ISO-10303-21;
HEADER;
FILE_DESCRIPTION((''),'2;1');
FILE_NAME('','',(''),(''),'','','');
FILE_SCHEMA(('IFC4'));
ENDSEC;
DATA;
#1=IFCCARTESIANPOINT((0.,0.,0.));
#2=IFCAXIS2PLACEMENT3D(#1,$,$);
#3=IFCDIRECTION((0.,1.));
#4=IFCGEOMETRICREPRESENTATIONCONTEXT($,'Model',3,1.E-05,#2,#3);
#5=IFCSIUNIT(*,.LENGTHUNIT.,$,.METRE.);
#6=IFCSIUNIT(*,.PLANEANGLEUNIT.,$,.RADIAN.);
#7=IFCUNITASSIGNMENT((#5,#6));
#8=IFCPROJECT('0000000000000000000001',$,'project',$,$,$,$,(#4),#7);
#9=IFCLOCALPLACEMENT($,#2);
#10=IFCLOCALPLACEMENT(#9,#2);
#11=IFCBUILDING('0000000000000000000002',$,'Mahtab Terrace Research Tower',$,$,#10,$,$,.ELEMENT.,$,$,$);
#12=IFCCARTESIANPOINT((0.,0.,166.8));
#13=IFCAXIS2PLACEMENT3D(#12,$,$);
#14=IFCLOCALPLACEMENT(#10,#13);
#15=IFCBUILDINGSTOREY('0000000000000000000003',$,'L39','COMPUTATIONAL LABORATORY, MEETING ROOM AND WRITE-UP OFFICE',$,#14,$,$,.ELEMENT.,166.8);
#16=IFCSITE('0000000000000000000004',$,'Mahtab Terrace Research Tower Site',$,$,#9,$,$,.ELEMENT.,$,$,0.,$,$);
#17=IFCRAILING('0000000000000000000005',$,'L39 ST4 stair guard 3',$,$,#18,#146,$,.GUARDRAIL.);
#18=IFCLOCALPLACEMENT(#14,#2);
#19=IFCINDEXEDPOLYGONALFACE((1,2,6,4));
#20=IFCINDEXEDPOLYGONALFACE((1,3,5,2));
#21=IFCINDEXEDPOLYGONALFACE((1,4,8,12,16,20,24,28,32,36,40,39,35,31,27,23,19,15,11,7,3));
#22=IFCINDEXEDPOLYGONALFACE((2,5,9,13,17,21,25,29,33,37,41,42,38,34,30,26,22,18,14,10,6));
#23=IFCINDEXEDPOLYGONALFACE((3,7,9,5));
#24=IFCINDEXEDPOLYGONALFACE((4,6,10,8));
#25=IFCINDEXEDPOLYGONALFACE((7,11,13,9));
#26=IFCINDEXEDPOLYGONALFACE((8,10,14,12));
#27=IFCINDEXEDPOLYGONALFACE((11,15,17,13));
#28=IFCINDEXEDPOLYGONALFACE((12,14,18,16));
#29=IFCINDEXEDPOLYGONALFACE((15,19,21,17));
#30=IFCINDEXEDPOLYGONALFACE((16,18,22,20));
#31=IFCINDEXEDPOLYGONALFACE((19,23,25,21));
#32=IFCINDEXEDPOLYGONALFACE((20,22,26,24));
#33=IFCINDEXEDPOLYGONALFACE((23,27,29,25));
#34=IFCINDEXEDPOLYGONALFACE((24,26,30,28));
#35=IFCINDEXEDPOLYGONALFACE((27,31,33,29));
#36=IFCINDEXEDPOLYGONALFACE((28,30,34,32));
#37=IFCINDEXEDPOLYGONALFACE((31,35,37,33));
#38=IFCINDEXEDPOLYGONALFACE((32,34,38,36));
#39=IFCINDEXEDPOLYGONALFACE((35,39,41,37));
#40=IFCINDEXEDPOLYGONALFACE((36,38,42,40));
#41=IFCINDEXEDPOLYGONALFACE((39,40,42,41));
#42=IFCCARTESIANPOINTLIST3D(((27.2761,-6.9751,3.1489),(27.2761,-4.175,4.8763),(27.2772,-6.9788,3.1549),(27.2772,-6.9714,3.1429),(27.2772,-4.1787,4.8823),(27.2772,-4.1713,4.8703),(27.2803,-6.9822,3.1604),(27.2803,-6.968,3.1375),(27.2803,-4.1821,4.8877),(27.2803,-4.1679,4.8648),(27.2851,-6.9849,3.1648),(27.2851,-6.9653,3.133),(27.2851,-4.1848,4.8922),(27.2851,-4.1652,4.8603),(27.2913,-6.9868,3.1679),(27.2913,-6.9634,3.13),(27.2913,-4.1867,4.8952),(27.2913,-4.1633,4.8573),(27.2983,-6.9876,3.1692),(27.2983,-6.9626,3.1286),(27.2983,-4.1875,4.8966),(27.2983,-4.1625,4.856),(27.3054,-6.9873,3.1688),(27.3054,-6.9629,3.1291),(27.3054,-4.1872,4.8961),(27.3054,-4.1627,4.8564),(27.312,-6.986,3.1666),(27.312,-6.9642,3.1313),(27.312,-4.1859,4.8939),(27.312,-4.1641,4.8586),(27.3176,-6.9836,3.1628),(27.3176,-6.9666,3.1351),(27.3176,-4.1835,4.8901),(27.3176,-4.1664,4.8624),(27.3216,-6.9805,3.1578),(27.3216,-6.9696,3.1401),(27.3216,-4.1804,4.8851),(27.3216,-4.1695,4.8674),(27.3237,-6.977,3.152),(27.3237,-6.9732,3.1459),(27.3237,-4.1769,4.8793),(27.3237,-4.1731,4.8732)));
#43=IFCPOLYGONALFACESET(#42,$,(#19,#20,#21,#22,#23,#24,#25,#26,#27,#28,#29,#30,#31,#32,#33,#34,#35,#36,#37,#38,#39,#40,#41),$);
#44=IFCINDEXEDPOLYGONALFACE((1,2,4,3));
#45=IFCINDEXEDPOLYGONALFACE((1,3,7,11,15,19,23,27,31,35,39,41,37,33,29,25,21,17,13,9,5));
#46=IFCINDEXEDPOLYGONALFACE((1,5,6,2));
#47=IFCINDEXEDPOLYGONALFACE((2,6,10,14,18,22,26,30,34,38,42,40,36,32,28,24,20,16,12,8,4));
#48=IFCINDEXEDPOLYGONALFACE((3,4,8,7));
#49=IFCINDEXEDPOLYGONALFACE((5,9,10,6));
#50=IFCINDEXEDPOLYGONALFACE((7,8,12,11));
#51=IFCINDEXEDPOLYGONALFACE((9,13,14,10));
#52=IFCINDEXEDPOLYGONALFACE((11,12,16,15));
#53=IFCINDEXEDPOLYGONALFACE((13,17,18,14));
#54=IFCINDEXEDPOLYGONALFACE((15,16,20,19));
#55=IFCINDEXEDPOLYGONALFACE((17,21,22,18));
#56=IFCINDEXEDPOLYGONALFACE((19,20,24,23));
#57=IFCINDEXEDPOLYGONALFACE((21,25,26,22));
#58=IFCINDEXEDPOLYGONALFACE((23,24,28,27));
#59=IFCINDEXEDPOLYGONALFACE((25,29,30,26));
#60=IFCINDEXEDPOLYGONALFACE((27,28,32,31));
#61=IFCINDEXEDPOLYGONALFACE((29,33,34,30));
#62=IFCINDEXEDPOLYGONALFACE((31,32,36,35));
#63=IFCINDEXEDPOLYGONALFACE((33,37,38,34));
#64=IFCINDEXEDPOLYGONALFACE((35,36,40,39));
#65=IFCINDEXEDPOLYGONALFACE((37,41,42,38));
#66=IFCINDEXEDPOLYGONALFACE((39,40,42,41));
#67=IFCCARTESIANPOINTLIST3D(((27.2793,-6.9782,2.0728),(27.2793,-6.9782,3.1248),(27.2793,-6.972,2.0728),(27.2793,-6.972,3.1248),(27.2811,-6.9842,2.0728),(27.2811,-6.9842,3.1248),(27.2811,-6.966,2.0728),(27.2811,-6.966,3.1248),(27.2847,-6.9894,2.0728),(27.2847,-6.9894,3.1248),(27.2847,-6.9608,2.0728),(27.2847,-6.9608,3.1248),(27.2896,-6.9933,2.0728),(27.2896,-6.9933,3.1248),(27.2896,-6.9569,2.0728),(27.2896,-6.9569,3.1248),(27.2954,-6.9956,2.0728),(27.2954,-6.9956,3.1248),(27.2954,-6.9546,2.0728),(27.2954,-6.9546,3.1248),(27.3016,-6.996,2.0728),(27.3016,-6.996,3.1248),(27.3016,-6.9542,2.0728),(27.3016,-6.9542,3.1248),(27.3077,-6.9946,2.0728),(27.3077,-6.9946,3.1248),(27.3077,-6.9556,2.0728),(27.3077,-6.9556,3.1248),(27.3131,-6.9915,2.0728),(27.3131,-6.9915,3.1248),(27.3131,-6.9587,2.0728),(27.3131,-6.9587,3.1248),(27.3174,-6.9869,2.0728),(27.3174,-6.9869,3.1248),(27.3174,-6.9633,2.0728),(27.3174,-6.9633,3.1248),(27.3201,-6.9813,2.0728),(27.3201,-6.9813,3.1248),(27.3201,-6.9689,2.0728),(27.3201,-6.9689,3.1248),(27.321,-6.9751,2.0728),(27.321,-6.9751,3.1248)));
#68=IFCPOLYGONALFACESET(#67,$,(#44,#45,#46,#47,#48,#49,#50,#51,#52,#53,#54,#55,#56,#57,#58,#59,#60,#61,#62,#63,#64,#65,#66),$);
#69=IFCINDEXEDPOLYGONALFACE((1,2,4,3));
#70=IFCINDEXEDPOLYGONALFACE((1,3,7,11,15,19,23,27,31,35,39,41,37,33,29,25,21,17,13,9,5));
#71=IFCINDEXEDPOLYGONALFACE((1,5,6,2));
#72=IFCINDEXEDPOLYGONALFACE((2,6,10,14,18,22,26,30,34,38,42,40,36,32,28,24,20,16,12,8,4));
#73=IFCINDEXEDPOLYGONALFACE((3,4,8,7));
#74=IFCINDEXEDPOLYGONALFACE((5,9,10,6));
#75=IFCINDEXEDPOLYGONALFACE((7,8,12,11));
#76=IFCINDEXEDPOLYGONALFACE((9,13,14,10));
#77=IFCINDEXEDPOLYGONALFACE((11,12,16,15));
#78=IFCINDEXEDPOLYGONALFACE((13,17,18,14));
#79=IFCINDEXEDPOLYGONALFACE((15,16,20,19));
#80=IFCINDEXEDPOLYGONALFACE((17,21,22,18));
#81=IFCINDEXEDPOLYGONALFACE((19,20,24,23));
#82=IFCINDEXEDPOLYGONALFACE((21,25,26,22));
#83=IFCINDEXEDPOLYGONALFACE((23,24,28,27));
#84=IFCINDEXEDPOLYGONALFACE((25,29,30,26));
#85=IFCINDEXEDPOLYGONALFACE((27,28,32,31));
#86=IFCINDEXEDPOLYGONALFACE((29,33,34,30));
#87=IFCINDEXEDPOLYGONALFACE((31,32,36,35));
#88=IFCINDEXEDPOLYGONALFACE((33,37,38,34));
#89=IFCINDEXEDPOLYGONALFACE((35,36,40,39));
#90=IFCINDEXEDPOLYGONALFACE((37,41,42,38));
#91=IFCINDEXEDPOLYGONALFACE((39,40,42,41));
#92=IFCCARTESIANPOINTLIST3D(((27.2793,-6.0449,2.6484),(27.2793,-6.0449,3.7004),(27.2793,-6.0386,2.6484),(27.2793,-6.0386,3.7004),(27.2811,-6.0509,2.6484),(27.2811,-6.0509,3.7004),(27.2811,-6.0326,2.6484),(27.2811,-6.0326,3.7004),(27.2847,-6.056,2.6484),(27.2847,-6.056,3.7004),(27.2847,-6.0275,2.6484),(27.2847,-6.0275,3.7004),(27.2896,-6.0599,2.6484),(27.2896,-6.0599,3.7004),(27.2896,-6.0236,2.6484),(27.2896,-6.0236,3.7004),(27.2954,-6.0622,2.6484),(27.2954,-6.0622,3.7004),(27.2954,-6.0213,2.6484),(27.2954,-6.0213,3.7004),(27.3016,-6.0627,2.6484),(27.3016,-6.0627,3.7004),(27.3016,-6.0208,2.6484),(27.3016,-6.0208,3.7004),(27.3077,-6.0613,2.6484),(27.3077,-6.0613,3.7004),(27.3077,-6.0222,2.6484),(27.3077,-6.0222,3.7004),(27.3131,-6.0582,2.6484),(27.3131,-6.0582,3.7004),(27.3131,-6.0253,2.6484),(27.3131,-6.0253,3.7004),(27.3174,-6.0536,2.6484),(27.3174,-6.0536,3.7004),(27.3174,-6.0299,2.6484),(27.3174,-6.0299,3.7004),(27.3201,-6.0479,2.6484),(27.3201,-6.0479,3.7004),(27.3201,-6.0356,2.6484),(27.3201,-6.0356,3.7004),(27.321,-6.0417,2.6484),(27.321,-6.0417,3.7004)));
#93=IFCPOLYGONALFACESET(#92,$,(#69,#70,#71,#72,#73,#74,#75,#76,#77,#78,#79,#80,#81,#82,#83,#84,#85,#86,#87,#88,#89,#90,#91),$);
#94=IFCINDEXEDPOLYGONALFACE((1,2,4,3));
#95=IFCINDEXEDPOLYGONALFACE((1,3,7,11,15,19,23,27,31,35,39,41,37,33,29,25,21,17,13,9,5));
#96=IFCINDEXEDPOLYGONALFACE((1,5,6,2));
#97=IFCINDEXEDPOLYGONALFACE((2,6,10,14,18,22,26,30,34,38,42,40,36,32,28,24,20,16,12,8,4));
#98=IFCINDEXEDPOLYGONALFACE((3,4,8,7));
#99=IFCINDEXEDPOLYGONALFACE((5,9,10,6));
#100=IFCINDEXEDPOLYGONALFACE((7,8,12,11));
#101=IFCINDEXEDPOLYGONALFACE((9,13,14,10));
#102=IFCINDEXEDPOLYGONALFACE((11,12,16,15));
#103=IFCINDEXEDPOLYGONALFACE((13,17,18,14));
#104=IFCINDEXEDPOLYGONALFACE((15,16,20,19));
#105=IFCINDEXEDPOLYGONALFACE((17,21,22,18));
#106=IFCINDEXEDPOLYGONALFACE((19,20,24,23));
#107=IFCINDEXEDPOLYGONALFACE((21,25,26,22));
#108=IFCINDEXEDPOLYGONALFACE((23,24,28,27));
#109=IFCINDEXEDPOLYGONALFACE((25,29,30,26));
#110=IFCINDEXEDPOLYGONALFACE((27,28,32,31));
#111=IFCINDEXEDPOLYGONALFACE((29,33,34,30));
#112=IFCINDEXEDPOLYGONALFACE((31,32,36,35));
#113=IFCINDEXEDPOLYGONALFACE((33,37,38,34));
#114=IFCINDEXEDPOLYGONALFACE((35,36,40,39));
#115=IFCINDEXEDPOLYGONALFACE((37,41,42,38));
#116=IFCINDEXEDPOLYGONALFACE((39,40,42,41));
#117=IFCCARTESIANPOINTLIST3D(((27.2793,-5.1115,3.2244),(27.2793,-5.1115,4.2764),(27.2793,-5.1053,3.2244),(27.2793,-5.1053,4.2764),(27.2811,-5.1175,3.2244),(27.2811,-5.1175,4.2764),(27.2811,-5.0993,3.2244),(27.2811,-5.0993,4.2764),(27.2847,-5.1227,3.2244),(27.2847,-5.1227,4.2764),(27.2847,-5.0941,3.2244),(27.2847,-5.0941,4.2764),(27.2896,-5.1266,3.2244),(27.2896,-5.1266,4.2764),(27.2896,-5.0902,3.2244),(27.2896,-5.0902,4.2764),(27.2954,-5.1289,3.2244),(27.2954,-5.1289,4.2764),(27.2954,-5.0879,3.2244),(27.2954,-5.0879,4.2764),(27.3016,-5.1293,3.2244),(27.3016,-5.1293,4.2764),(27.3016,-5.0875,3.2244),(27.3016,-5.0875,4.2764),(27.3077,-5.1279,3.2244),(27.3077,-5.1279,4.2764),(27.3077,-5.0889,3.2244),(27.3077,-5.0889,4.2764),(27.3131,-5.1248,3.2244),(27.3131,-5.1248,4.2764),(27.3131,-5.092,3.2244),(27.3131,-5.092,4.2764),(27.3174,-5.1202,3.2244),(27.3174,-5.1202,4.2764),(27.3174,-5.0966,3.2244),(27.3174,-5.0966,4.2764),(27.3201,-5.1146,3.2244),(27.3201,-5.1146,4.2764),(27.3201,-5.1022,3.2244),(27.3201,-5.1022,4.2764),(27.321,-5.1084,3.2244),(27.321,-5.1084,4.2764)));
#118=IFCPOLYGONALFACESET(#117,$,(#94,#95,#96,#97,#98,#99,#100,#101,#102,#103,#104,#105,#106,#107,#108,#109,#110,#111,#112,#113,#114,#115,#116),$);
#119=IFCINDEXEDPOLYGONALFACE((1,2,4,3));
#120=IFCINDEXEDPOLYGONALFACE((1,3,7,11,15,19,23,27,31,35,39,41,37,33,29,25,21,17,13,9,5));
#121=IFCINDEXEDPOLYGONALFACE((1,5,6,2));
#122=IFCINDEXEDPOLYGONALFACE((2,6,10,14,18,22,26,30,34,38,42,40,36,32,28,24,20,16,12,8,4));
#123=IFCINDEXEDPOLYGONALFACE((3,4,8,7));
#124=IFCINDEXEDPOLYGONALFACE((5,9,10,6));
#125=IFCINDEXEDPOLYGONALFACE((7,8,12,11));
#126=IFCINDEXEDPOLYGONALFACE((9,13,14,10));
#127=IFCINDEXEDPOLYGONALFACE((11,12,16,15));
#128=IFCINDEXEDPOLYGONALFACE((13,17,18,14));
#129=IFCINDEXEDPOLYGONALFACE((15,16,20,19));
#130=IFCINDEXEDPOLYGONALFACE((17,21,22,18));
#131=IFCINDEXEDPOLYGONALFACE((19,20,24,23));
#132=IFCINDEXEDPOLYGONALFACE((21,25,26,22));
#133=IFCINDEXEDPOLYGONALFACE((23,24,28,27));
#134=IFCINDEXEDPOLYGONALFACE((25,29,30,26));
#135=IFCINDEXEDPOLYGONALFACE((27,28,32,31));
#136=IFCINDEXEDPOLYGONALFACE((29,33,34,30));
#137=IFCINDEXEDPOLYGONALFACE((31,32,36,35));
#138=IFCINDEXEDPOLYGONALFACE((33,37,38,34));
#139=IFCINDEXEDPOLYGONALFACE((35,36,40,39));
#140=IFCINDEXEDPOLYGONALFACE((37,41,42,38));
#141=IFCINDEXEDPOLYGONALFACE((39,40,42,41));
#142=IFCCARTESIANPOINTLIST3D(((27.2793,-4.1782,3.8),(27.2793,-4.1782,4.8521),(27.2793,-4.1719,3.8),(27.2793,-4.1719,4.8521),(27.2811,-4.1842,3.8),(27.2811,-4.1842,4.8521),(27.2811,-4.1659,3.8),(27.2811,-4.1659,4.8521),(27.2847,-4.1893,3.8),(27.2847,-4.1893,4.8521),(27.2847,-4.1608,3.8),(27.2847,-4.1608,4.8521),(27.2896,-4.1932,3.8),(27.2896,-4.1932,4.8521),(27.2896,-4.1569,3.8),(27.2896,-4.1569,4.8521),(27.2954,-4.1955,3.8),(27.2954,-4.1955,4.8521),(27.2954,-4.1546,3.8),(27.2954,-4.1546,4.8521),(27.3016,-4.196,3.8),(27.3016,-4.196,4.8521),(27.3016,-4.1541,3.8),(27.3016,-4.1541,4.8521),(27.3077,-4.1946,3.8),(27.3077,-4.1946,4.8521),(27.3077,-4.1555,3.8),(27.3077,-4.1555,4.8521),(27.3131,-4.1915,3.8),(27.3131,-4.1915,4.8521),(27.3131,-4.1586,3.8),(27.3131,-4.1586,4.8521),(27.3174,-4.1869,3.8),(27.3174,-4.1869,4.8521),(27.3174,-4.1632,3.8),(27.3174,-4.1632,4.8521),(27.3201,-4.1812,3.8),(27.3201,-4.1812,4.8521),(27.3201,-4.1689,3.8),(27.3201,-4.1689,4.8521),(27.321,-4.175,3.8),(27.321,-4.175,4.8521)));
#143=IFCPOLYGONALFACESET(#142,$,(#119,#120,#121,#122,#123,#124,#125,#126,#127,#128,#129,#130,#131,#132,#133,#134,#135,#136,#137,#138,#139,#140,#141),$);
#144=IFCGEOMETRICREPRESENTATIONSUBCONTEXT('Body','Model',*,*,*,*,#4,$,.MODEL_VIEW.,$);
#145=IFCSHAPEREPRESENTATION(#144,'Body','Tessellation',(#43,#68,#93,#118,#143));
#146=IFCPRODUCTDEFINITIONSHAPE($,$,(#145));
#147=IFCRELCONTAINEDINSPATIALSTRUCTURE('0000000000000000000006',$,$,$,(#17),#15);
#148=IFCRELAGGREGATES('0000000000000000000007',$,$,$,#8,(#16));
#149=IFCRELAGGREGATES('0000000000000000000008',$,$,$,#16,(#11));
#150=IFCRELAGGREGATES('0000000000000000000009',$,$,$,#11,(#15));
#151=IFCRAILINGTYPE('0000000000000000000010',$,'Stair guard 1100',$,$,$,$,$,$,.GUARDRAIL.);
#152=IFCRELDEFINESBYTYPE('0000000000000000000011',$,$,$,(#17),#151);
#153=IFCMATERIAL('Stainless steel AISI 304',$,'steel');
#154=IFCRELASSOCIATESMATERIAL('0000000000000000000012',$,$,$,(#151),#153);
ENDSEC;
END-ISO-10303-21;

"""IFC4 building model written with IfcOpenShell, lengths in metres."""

from ifc_helpers import new_model, si_unit, direction, frame, origin, origin_2d, place, context, subcontext, project, spatial, circle, extrude, material, type_object, element, save


model = new_model("IFC4")

# Units and contexts
model_context = context("Model", 3, precision=1e-05, world=origin(), true_north=direction((0.0, 1.0)))
body_context = subcontext(model_context, "Body", "Model", "MODEL_VIEW")
ifc_project = project(units=[si_unit("LENGTHUNIT", "METRE"), si_unit("PLANEANGLEUNIT", "RADIAN")], contexts=[model_context])

# Site, building, storey
site_placement = place(None, origin())
site = spatial("IfcSite", under=ifc_project, at=site_placement, Name="Mahtab Terrace Research Tower Site", CompositionType="ELEMENT", RefElevation=0.0)
building_placement = place(site_placement, origin())
building = spatial("IfcBuilding", under=site, at=building_placement, Name="Mahtab Terrace Research Tower", CompositionType="ELEMENT")
storey_placement = place(building_placement, frame((0.0, 0.0, 166.8)))
storey = spatial("IfcBuildingStorey", under=building, at=storey_placement, Name="L39", Description="COMPUTATIONAL LABORATORY, MEETING ROOM AND WRITE-UP OFFICE", CompositionType="ELEMENT", Elevation=166.8)

# Railing
ifc_material_1 = material(Name="Stainless steel AISI 304", Category="steel")
railing_type_1 = type_object("IfcRailingType", Name="Stair guard 1100", PredefinedType="GUARDRAIL", material=ifc_material_1)
railing_1_placement = place(storey_placement, frame((27.3, -6.9751, 2.0728)))
element("IfcRailing", 1, at=railing_1_placement, inside=storey, type_object=railing_type_1, Name="L39 ST4 stair guard 3", PredefinedType="GUARDRAIL", context=body_context, shape_type="SweptSolid", body=[
    extrude(circle(Radius=0.0239, at=origin_2d()), frame((0.0, 0.0, 1.0762), z_axis=(0.0, 0.85109, 0.52502), x_axis=(-1.0, 0.0, 0.0)), (0.0, 0.0, 1.0), 3.29),
    extrude(circle(Radius=0.021, at=origin_2d()), origin(), (0.0, 0.0, 1.0), 1.052),
    extrude(circle(Radius=0.021, at=origin_2d()), frame((0.0, 0.9333, 0.5757)), (0.0, 0.0, 1.0), 1.052),
    extrude(circle(Radius=0.021, at=origin_2d()), frame((0.0, 1.8667, 1.1516)), (0.0, 0.0, 1.0), 1.052),
    extrude(circle(Radius=0.021, at=origin_2d()), frame((0.0, 2.8, 1.7273)), (0.0, 0.0, 1.0), 1.052),
])

save(model, "model.ifc")
